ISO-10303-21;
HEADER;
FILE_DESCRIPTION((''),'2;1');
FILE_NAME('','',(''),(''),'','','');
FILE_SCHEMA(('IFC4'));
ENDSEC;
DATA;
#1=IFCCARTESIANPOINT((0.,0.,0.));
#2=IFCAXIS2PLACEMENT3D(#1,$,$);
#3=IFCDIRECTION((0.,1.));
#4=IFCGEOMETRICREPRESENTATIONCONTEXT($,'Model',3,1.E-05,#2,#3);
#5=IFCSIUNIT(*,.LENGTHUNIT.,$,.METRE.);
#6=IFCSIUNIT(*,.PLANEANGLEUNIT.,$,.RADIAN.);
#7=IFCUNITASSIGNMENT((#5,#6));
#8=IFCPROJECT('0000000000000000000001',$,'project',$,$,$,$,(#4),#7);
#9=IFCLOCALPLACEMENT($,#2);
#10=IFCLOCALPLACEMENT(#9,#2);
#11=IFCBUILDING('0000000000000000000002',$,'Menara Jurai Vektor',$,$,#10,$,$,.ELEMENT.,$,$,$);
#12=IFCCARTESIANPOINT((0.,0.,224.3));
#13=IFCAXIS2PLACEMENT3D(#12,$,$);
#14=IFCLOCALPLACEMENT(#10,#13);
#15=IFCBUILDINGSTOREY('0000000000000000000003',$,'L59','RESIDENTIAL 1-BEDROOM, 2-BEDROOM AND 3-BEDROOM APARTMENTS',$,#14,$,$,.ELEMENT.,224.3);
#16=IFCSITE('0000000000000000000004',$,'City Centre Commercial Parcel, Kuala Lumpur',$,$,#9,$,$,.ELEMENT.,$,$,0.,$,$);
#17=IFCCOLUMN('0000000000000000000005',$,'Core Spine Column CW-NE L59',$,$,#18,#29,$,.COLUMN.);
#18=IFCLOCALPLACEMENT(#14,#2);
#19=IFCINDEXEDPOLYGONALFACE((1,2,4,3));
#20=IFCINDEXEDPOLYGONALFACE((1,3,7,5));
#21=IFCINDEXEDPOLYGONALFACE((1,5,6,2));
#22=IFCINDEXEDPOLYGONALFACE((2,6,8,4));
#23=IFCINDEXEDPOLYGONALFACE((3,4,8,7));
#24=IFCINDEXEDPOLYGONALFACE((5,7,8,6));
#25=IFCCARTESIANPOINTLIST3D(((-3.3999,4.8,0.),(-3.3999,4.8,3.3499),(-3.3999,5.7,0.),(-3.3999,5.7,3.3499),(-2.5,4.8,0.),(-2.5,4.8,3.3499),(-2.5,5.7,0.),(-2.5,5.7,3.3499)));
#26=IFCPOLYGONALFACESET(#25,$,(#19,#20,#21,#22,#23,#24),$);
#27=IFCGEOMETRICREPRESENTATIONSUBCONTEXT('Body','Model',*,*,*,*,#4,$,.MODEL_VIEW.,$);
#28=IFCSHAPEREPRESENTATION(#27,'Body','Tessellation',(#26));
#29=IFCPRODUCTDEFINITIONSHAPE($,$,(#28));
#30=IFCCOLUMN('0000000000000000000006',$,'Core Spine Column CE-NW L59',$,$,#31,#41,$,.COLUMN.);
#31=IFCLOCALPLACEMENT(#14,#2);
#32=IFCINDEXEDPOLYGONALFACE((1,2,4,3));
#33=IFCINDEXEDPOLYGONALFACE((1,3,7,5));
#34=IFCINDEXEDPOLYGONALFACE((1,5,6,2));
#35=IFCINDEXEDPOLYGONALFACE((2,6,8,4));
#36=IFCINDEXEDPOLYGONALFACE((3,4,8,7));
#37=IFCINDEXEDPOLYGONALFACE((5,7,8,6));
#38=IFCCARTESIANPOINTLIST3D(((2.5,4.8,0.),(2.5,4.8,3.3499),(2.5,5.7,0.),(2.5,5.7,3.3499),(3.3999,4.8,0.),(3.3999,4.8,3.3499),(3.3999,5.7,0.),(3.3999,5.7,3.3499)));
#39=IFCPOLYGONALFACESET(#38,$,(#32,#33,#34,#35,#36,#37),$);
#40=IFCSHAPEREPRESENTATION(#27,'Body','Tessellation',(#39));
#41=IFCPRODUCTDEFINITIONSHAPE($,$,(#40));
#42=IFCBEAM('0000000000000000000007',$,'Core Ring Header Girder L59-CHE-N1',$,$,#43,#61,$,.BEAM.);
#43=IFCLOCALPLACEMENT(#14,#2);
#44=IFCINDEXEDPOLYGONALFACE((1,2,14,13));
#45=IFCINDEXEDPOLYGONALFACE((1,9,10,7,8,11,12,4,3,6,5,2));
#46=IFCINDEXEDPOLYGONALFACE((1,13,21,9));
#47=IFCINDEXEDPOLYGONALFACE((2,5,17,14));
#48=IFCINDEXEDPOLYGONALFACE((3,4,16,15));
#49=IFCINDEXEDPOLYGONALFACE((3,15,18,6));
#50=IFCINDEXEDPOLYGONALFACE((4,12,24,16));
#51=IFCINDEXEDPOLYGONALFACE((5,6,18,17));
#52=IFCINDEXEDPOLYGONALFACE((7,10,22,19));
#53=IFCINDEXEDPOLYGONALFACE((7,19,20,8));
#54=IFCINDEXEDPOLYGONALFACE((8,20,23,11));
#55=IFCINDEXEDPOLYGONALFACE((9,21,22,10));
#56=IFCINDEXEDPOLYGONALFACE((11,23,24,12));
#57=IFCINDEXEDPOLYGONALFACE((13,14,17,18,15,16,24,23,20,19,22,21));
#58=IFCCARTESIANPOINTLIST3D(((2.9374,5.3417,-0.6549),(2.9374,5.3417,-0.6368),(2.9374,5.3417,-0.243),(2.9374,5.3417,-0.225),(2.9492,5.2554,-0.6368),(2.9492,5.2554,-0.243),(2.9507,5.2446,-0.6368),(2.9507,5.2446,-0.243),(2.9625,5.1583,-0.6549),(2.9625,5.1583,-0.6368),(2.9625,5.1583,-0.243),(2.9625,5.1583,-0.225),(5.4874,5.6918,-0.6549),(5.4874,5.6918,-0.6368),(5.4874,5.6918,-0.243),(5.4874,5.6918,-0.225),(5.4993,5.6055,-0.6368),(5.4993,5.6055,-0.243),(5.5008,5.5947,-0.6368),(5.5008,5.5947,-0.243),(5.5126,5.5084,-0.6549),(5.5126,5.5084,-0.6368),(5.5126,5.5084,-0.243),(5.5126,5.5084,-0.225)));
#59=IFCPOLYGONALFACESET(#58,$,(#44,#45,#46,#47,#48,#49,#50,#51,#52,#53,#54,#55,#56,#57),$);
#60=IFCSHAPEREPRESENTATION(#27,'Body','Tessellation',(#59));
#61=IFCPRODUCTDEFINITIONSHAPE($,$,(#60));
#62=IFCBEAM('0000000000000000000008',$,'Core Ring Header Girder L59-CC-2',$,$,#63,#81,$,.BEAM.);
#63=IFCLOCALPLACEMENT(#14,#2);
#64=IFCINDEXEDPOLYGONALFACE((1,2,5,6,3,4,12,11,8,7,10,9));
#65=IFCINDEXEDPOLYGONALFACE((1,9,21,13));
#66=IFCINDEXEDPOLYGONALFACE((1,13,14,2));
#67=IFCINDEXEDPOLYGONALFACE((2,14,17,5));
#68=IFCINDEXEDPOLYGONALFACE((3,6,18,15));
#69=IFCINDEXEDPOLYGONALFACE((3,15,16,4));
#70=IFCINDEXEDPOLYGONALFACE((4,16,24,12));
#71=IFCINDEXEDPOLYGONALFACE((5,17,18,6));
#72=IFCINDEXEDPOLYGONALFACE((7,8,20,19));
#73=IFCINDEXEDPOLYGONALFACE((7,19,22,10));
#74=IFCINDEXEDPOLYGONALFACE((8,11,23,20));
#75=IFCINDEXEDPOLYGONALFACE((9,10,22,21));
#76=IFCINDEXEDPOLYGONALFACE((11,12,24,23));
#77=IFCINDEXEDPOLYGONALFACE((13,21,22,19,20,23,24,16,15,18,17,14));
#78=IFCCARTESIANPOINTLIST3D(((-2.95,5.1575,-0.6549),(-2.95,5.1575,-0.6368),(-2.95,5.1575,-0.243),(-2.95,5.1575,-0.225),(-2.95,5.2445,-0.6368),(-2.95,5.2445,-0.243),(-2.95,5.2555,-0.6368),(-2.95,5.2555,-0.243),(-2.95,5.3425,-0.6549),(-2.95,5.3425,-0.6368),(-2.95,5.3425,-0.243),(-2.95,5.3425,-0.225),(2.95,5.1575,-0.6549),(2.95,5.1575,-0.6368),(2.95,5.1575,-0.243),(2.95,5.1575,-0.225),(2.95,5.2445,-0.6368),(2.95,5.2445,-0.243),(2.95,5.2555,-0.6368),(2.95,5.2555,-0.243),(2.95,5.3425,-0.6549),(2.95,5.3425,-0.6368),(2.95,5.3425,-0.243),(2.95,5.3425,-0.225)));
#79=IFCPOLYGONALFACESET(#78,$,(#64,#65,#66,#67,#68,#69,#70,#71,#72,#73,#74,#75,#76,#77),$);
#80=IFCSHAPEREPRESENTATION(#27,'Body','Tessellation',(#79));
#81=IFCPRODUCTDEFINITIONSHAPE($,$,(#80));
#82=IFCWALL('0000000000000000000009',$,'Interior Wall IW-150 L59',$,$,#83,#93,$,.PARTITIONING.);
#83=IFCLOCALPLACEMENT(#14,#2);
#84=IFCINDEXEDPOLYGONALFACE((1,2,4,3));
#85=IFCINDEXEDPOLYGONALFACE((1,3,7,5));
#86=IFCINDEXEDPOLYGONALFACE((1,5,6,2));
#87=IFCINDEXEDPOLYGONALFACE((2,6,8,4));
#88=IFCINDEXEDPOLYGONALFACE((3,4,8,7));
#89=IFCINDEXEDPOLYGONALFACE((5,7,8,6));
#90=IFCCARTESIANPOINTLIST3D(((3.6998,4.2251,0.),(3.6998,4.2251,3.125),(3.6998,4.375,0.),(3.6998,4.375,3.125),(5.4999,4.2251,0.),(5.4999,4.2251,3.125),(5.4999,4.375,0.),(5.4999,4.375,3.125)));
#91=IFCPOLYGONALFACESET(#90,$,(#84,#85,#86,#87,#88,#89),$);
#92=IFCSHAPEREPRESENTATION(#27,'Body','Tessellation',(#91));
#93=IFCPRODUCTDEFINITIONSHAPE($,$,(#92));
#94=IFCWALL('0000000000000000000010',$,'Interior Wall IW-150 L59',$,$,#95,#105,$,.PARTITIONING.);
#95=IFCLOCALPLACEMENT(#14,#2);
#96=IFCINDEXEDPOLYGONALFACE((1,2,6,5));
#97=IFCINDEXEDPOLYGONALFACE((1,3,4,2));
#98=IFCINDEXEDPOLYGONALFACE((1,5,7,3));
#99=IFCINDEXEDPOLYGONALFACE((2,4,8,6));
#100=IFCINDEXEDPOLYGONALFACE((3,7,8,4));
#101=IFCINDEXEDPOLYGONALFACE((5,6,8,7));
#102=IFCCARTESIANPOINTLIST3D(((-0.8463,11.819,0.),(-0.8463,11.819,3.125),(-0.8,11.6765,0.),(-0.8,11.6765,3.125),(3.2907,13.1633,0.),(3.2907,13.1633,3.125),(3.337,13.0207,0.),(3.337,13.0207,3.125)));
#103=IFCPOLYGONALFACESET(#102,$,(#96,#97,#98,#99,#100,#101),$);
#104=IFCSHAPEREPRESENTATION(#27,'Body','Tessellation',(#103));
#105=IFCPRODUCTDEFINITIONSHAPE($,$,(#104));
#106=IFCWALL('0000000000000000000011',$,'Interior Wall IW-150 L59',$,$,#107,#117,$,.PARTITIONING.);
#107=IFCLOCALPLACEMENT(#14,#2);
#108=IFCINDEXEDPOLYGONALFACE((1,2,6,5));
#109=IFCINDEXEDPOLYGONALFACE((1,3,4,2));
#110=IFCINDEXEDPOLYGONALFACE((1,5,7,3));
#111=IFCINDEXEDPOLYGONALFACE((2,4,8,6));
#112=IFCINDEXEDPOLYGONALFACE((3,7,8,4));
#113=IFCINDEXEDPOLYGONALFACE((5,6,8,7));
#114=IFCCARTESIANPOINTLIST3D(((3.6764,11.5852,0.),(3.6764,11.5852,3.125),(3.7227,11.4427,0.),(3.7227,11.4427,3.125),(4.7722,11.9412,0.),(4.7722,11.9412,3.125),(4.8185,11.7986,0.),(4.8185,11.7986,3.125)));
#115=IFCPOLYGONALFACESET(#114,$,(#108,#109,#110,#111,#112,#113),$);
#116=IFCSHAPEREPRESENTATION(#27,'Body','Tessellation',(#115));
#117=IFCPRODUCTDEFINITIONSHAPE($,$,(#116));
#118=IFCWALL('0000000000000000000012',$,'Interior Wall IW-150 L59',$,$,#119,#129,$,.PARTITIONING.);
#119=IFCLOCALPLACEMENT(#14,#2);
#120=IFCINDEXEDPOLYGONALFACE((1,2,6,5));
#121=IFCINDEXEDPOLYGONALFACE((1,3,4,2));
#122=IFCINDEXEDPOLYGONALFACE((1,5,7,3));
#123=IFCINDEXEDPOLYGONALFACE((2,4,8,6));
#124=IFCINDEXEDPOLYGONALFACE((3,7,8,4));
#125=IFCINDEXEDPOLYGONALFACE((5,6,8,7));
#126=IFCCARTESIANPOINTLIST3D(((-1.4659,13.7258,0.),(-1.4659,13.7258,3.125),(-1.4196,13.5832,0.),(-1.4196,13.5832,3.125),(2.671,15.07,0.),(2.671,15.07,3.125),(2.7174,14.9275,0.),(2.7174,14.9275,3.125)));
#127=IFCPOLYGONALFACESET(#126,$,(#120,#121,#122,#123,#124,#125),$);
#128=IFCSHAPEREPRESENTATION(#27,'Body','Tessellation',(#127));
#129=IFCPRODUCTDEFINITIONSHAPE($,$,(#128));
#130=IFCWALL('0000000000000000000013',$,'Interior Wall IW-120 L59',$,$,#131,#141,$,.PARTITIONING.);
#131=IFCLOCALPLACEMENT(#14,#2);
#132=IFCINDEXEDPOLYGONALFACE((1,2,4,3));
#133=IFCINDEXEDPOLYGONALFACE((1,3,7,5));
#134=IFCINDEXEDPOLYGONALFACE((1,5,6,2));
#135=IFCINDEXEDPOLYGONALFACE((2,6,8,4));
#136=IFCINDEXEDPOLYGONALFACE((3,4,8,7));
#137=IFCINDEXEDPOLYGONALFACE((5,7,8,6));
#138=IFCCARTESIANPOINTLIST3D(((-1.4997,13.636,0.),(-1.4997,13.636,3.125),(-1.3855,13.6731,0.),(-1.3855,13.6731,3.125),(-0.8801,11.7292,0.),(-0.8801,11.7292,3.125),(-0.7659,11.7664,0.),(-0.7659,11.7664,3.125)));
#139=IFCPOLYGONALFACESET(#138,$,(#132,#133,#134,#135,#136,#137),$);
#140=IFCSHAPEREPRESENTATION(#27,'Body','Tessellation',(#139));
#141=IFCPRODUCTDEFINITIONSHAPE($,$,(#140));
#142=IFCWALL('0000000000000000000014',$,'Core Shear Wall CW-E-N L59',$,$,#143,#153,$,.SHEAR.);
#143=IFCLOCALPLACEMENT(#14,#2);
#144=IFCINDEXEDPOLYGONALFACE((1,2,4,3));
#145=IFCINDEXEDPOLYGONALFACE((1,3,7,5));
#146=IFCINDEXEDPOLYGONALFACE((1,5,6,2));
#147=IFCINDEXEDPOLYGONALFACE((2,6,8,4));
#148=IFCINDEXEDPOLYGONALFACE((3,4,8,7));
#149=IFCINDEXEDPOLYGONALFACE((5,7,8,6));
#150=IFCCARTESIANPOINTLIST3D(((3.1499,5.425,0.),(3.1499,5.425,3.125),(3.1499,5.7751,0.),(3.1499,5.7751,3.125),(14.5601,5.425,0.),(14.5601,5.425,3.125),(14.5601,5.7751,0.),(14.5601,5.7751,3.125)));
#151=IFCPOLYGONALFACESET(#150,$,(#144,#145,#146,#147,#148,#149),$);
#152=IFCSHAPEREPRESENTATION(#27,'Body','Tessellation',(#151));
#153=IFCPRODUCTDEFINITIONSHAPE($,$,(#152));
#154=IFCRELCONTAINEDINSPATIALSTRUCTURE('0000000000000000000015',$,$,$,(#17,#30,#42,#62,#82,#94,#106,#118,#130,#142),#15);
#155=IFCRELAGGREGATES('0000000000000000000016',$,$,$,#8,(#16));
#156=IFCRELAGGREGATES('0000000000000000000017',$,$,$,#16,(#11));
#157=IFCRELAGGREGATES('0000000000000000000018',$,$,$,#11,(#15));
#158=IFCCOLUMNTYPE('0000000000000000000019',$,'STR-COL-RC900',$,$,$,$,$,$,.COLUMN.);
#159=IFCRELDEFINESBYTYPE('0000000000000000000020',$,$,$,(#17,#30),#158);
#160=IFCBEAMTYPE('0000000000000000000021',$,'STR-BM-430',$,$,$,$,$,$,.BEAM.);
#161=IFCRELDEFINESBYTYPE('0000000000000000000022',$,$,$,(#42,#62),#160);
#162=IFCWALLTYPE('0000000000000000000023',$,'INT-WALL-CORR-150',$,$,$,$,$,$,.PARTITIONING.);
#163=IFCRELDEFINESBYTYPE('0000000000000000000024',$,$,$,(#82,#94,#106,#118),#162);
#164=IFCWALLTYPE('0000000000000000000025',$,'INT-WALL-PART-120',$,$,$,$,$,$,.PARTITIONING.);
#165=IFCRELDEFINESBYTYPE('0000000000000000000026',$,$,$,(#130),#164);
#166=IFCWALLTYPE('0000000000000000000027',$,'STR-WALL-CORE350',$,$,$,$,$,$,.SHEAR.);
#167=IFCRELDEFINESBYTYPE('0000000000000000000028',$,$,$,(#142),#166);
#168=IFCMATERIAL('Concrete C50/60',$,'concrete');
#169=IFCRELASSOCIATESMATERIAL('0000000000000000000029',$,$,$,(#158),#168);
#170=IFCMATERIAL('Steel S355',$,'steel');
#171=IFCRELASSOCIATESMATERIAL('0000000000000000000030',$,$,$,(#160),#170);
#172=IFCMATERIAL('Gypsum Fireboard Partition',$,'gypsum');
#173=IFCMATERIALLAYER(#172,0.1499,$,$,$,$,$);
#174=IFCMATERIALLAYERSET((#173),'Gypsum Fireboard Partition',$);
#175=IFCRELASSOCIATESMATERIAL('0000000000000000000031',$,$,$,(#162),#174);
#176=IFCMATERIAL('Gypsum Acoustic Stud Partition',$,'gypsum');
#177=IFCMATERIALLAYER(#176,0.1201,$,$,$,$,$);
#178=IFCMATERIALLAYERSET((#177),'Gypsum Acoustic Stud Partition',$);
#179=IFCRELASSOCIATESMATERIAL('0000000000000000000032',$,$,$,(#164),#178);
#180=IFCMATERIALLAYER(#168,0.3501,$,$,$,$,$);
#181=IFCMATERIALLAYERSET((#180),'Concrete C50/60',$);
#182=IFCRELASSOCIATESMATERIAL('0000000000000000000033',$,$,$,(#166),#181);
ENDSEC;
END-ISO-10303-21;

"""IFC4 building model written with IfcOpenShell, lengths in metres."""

from ifc_helpers import new_model, si_unit, direction, frame, frame_2d, origin, origin_2d, place, context, subcontext, project, spatial, rectangle, i_section, extrude, material, layer, layer_set, material_profile, profile_set, type_object, element, save


model = new_model("IFC4")

# Units and contexts
model_context = context("Model", 3, precision=1e-05, world=origin(), true_north=direction((0.0, 1.0)))
body_context = subcontext(model_context, "Body", "Model", "MODEL_VIEW")
ifc_project = project(units=[si_unit("LENGTHUNIT", "METRE"), si_unit("PLANEANGLEUNIT", "RADIAN")], contexts=[model_context])

# Site, building, storey
site_placement = place(None, origin())
site = spatial("IfcSite", under=ifc_project, at=site_placement, Name="City Centre Commercial Parcel, Kuala Lumpur", CompositionType="ELEMENT", RefElevation=0.0)
building_placement = place(site_placement, origin())
building = spatial("IfcBuilding", under=site, at=building_placement, Name="Menara Jurai Vektor", CompositionType="ELEMENT")
storey_placement = place(building_placement, frame((0.0, 0.0, 224.3)))
storey = spatial("IfcBuildingStorey", under=building, at=storey_placement, Name="L59", Description="RESIDENTIAL 1-BEDROOM, 2-BEDROOM AND 3-BEDROOM APARTMENTS", CompositionType="ELEMENT", Elevation=224.3)

# Columns
ifc_material_1 = material(Name="Concrete C50/60", Category="concrete")
ifc_material_profile_1 = material_profile(ifc_material_1, rectangle(XDim=0.8999, YDim=0.8999, at=origin_2d()), Name="RC 900x900")
ifc_profile_set_1 = profile_set([ifc_material_profile_1], Name="Concrete C50/60")
column_type = type_object("IfcColumnType", Name="STR-COL-RC900", PredefinedType="COLUMN", material=ifc_profile_set_1)
for number, where, z_axis, x_axis, name in (
    (1, (-2.95, 5.25, 0.0), (0.0, 0.0, 1.0), (1.0, 0.0, 0.0), "Core Spine Column CW-NE L59"),
    (2, (2.95, 5.25, 0.0), (0.0, 0.0, 1.0), (1.0, 0.0, 0.0), "Core Spine Column CE-NW L59"),
):
    element("IfcColumn", number, at=place(storey_placement, frame(where, z_axis=z_axis, x_axis=x_axis)), inside=storey, type_object=column_type, Name=name, PredefinedType="COLUMN", context=body_context, shape_type="SweptSolid", body=[
        extrude(rectangle(XDim=0.8999, YDim=0.8999, at=origin_2d()), origin(), (0.0, 0.0, 1.0), 3.3499),
    ])

# Beams
ifc_material_2 = material(Name="Steel S355", Category="steel")
ifc_material_profile_2 = material_profile(ifc_material_2, i_section(OverallWidth=0.1851, OverallDepth=0.4299, WebThickness=0.011, FlangeThickness=0.0181, at=origin_2d()), Name="PG 430x185x76")
ifc_profile_set_2 = profile_set([ifc_material_profile_2], Name="Steel S355")
beam_type = type_object("IfcBeamType", Name="STR-BM-430", PredefinedType="BEAM", material=ifc_profile_set_2)
beam_1_placement = place(storey_placement, frame((2.95, 5.25, -0.4399), z_axis=(0.990707, 0.136015, 0.0), x_axis=(-0.136015, 0.990707, 0.0)))
element("IfcBeam", 3, at=beam_1_placement, inside=storey, type_object=beam_type, Name="Core Ring Header Girder L59-CHE-N1", PredefinedType="BEAM", context=body_context, shape_type="SweptSolid", body=[
    extrude(i_section(OverallWidth=0.1851, OverallDepth=0.4299, WebThickness=0.011, FlangeThickness=0.0181, at=origin_2d()), origin(), (0.0, 0.0, 1.0), 2.574),
])
beam_2_placement = place(storey_placement, frame((-2.95, 5.25, -0.4399), z_axis=(1.0, 0.0, 0.0), x_axis=(0.0, 1.0, 0.0)))
element("IfcBeam", 4, at=beam_2_placement, inside=storey, type_object=beam_type, Name="Core Ring Header Girder L59-CC-2", PredefinedType="BEAM", context=body_context, shape_type="SweptSolid", body=[
    extrude(i_section(OverallWidth=0.1851, OverallDepth=0.4299, WebThickness=0.011, FlangeThickness=0.0181, at=origin_2d()), origin(), (0.0, 0.0, 1.0), 5.8999),
])

# Wall
ifc_material_3 = material(Name="Gypsum Fireboard Partition", Category="gypsum")
ifc_layer_1 = layer(ifc_material_3, 0.1499)
ifc_layer_set_1 = layer_set([ifc_layer_1], Name="Gypsum Fireboard Partition")
wall_type_1 = type_object("IfcWallType", Name="INT-WALL-CORR-150", PredefinedType="PARTITIONING", material=ifc_layer_set_1)
wall_1_placement = place(storey_placement, frame((3.7, 4.3, 0.0), z_axis=(0.0, 0.0, 1.0), x_axis=(1.0, 0.0, 0.0)))
element("IfcWall", 5, at=wall_1_placement, inside=storey, type_object=wall_type_1, Name="Interior Wall IW-150 L59", PredefinedType="PARTITIONING", context=body_context, shape_type="SweptSolid", body=[
    extrude(rectangle(XDim=1.8, YDim=0.1499, at=frame_2d((0.8999, 0.0))), origin(), (0.0, 0.0, 1.0), 3.125),
])

# Wall
wall_2_placement = place(storey_placement, frame((-0.823, 11.7478, 0.0), z_axis=(0.0, 0.0, 1.0), x_axis=(0.951053, 0.309029, 0.0)))
element("IfcWall", 6, at=wall_2_placement, inside=storey, type_object=wall_type_1, Name="Interior Wall IW-150 L59", PredefinedType="PARTITIONING", context=body_context, shape_type="SweptSolid", body=[
    extrude(rectangle(XDim=4.3499, YDim=0.1499, at=frame_2d((2.1748, 0.0))), origin(), (0.0, 0.0, 1.0), 3.125),
])

# Wall
wall_3_placement = place(storey_placement, frame((3.6995, 11.5139, 0.0), z_axis=(0.0, 0.0, 1.0), x_axis=(0.951071, 0.308971, 0.0)))
element("IfcWall", 7, at=wall_3_placement, inside=storey, type_object=wall_type_1, Name="Interior Wall IW-150 L59", PredefinedType="PARTITIONING", context=body_context, shape_type="SweptSolid", body=[
    extrude(rectangle(XDim=1.1521, YDim=0.1499, at=frame_2d((0.5762, 0.0))), origin(), (0.0, 0.0, 1.0), 3.125),
])

# Wall
wall_4_placement = place(storey_placement, frame((-1.4426, 13.6545, 0.0), z_axis=(0.0, 0.0, 1.0), x_axis=(0.951053, 0.309029, 0.0)))
element("IfcWall", 8, at=wall_4_placement, inside=storey, type_object=wall_type_1, Name="Interior Wall IW-150 L59", PredefinedType="PARTITIONING", context=body_context, shape_type="SweptSolid", body=[
    extrude(rectangle(XDim=4.3499, YDim=0.1499, at=frame_2d((2.1748, 0.0))), origin(), (0.0, 0.0, 1.0), 3.125),
])

# Walls
ifc_material_4 = material(Name="Gypsum Acoustic Stud Partition", Category="gypsum")
ifc_layer_2 = layer(ifc_material_4, 0.1201)
ifc_layer_set_2 = layer_set([ifc_layer_2], Name="Gypsum Acoustic Stud Partition")
wall_type_2 = type_object("IfcWallType", Name="INT-WALL-PART-120", PredefinedType="PARTITIONING", material=ifc_layer_set_2)
wall_5_placement = place(storey_placement, frame((-0.823, 11.7478, 0.0), z_axis=(0.0, 0.0, 1.0), x_axis=(-0.309059, 0.951043, 0.0)))
element("IfcWall", 9, at=wall_5_placement, inside=storey, type_object=wall_type_2, Name="Interior Wall IW-120 L59", PredefinedType="PARTITIONING", context=body_context, shape_type="SweptSolid", body=[
    extrude(rectangle(XDim=2.0049, YDim=0.1201, at=frame_2d((1.0024, 0.0))), origin(), (0.0, 0.0, 1.0), 3.125),
])
ifc_layer_3 = layer(ifc_material_1, 0.3501)
ifc_layer_set_3 = layer_set([ifc_layer_3], Name="Concrete C50/60")
wall_type_3 = type_object("IfcWallType", Name="STR-WALL-CORE350", PredefinedType="SHEAR", material=ifc_layer_set_3)
wall_6_placement = place(storey_placement, frame((3.1499, 5.6001, 0.0), z_axis=(0.0, 0.0, 1.0), x_axis=(1.0, 0.0, 0.0)))
element("IfcWall", 10, at=wall_6_placement, inside=storey, type_object=wall_type_3, Name="Core Shear Wall CW-E-N L59", PredefinedType="SHEAR", context=body_context, shape_type="SweptSolid", body=[
    extrude(rectangle(XDim=11.4102, YDim=0.3501, at=frame_2d((5.7051, 0.0))), origin(), (0.0, 0.0, 1.0), 3.125),
])

save(model, "model.ifc")
